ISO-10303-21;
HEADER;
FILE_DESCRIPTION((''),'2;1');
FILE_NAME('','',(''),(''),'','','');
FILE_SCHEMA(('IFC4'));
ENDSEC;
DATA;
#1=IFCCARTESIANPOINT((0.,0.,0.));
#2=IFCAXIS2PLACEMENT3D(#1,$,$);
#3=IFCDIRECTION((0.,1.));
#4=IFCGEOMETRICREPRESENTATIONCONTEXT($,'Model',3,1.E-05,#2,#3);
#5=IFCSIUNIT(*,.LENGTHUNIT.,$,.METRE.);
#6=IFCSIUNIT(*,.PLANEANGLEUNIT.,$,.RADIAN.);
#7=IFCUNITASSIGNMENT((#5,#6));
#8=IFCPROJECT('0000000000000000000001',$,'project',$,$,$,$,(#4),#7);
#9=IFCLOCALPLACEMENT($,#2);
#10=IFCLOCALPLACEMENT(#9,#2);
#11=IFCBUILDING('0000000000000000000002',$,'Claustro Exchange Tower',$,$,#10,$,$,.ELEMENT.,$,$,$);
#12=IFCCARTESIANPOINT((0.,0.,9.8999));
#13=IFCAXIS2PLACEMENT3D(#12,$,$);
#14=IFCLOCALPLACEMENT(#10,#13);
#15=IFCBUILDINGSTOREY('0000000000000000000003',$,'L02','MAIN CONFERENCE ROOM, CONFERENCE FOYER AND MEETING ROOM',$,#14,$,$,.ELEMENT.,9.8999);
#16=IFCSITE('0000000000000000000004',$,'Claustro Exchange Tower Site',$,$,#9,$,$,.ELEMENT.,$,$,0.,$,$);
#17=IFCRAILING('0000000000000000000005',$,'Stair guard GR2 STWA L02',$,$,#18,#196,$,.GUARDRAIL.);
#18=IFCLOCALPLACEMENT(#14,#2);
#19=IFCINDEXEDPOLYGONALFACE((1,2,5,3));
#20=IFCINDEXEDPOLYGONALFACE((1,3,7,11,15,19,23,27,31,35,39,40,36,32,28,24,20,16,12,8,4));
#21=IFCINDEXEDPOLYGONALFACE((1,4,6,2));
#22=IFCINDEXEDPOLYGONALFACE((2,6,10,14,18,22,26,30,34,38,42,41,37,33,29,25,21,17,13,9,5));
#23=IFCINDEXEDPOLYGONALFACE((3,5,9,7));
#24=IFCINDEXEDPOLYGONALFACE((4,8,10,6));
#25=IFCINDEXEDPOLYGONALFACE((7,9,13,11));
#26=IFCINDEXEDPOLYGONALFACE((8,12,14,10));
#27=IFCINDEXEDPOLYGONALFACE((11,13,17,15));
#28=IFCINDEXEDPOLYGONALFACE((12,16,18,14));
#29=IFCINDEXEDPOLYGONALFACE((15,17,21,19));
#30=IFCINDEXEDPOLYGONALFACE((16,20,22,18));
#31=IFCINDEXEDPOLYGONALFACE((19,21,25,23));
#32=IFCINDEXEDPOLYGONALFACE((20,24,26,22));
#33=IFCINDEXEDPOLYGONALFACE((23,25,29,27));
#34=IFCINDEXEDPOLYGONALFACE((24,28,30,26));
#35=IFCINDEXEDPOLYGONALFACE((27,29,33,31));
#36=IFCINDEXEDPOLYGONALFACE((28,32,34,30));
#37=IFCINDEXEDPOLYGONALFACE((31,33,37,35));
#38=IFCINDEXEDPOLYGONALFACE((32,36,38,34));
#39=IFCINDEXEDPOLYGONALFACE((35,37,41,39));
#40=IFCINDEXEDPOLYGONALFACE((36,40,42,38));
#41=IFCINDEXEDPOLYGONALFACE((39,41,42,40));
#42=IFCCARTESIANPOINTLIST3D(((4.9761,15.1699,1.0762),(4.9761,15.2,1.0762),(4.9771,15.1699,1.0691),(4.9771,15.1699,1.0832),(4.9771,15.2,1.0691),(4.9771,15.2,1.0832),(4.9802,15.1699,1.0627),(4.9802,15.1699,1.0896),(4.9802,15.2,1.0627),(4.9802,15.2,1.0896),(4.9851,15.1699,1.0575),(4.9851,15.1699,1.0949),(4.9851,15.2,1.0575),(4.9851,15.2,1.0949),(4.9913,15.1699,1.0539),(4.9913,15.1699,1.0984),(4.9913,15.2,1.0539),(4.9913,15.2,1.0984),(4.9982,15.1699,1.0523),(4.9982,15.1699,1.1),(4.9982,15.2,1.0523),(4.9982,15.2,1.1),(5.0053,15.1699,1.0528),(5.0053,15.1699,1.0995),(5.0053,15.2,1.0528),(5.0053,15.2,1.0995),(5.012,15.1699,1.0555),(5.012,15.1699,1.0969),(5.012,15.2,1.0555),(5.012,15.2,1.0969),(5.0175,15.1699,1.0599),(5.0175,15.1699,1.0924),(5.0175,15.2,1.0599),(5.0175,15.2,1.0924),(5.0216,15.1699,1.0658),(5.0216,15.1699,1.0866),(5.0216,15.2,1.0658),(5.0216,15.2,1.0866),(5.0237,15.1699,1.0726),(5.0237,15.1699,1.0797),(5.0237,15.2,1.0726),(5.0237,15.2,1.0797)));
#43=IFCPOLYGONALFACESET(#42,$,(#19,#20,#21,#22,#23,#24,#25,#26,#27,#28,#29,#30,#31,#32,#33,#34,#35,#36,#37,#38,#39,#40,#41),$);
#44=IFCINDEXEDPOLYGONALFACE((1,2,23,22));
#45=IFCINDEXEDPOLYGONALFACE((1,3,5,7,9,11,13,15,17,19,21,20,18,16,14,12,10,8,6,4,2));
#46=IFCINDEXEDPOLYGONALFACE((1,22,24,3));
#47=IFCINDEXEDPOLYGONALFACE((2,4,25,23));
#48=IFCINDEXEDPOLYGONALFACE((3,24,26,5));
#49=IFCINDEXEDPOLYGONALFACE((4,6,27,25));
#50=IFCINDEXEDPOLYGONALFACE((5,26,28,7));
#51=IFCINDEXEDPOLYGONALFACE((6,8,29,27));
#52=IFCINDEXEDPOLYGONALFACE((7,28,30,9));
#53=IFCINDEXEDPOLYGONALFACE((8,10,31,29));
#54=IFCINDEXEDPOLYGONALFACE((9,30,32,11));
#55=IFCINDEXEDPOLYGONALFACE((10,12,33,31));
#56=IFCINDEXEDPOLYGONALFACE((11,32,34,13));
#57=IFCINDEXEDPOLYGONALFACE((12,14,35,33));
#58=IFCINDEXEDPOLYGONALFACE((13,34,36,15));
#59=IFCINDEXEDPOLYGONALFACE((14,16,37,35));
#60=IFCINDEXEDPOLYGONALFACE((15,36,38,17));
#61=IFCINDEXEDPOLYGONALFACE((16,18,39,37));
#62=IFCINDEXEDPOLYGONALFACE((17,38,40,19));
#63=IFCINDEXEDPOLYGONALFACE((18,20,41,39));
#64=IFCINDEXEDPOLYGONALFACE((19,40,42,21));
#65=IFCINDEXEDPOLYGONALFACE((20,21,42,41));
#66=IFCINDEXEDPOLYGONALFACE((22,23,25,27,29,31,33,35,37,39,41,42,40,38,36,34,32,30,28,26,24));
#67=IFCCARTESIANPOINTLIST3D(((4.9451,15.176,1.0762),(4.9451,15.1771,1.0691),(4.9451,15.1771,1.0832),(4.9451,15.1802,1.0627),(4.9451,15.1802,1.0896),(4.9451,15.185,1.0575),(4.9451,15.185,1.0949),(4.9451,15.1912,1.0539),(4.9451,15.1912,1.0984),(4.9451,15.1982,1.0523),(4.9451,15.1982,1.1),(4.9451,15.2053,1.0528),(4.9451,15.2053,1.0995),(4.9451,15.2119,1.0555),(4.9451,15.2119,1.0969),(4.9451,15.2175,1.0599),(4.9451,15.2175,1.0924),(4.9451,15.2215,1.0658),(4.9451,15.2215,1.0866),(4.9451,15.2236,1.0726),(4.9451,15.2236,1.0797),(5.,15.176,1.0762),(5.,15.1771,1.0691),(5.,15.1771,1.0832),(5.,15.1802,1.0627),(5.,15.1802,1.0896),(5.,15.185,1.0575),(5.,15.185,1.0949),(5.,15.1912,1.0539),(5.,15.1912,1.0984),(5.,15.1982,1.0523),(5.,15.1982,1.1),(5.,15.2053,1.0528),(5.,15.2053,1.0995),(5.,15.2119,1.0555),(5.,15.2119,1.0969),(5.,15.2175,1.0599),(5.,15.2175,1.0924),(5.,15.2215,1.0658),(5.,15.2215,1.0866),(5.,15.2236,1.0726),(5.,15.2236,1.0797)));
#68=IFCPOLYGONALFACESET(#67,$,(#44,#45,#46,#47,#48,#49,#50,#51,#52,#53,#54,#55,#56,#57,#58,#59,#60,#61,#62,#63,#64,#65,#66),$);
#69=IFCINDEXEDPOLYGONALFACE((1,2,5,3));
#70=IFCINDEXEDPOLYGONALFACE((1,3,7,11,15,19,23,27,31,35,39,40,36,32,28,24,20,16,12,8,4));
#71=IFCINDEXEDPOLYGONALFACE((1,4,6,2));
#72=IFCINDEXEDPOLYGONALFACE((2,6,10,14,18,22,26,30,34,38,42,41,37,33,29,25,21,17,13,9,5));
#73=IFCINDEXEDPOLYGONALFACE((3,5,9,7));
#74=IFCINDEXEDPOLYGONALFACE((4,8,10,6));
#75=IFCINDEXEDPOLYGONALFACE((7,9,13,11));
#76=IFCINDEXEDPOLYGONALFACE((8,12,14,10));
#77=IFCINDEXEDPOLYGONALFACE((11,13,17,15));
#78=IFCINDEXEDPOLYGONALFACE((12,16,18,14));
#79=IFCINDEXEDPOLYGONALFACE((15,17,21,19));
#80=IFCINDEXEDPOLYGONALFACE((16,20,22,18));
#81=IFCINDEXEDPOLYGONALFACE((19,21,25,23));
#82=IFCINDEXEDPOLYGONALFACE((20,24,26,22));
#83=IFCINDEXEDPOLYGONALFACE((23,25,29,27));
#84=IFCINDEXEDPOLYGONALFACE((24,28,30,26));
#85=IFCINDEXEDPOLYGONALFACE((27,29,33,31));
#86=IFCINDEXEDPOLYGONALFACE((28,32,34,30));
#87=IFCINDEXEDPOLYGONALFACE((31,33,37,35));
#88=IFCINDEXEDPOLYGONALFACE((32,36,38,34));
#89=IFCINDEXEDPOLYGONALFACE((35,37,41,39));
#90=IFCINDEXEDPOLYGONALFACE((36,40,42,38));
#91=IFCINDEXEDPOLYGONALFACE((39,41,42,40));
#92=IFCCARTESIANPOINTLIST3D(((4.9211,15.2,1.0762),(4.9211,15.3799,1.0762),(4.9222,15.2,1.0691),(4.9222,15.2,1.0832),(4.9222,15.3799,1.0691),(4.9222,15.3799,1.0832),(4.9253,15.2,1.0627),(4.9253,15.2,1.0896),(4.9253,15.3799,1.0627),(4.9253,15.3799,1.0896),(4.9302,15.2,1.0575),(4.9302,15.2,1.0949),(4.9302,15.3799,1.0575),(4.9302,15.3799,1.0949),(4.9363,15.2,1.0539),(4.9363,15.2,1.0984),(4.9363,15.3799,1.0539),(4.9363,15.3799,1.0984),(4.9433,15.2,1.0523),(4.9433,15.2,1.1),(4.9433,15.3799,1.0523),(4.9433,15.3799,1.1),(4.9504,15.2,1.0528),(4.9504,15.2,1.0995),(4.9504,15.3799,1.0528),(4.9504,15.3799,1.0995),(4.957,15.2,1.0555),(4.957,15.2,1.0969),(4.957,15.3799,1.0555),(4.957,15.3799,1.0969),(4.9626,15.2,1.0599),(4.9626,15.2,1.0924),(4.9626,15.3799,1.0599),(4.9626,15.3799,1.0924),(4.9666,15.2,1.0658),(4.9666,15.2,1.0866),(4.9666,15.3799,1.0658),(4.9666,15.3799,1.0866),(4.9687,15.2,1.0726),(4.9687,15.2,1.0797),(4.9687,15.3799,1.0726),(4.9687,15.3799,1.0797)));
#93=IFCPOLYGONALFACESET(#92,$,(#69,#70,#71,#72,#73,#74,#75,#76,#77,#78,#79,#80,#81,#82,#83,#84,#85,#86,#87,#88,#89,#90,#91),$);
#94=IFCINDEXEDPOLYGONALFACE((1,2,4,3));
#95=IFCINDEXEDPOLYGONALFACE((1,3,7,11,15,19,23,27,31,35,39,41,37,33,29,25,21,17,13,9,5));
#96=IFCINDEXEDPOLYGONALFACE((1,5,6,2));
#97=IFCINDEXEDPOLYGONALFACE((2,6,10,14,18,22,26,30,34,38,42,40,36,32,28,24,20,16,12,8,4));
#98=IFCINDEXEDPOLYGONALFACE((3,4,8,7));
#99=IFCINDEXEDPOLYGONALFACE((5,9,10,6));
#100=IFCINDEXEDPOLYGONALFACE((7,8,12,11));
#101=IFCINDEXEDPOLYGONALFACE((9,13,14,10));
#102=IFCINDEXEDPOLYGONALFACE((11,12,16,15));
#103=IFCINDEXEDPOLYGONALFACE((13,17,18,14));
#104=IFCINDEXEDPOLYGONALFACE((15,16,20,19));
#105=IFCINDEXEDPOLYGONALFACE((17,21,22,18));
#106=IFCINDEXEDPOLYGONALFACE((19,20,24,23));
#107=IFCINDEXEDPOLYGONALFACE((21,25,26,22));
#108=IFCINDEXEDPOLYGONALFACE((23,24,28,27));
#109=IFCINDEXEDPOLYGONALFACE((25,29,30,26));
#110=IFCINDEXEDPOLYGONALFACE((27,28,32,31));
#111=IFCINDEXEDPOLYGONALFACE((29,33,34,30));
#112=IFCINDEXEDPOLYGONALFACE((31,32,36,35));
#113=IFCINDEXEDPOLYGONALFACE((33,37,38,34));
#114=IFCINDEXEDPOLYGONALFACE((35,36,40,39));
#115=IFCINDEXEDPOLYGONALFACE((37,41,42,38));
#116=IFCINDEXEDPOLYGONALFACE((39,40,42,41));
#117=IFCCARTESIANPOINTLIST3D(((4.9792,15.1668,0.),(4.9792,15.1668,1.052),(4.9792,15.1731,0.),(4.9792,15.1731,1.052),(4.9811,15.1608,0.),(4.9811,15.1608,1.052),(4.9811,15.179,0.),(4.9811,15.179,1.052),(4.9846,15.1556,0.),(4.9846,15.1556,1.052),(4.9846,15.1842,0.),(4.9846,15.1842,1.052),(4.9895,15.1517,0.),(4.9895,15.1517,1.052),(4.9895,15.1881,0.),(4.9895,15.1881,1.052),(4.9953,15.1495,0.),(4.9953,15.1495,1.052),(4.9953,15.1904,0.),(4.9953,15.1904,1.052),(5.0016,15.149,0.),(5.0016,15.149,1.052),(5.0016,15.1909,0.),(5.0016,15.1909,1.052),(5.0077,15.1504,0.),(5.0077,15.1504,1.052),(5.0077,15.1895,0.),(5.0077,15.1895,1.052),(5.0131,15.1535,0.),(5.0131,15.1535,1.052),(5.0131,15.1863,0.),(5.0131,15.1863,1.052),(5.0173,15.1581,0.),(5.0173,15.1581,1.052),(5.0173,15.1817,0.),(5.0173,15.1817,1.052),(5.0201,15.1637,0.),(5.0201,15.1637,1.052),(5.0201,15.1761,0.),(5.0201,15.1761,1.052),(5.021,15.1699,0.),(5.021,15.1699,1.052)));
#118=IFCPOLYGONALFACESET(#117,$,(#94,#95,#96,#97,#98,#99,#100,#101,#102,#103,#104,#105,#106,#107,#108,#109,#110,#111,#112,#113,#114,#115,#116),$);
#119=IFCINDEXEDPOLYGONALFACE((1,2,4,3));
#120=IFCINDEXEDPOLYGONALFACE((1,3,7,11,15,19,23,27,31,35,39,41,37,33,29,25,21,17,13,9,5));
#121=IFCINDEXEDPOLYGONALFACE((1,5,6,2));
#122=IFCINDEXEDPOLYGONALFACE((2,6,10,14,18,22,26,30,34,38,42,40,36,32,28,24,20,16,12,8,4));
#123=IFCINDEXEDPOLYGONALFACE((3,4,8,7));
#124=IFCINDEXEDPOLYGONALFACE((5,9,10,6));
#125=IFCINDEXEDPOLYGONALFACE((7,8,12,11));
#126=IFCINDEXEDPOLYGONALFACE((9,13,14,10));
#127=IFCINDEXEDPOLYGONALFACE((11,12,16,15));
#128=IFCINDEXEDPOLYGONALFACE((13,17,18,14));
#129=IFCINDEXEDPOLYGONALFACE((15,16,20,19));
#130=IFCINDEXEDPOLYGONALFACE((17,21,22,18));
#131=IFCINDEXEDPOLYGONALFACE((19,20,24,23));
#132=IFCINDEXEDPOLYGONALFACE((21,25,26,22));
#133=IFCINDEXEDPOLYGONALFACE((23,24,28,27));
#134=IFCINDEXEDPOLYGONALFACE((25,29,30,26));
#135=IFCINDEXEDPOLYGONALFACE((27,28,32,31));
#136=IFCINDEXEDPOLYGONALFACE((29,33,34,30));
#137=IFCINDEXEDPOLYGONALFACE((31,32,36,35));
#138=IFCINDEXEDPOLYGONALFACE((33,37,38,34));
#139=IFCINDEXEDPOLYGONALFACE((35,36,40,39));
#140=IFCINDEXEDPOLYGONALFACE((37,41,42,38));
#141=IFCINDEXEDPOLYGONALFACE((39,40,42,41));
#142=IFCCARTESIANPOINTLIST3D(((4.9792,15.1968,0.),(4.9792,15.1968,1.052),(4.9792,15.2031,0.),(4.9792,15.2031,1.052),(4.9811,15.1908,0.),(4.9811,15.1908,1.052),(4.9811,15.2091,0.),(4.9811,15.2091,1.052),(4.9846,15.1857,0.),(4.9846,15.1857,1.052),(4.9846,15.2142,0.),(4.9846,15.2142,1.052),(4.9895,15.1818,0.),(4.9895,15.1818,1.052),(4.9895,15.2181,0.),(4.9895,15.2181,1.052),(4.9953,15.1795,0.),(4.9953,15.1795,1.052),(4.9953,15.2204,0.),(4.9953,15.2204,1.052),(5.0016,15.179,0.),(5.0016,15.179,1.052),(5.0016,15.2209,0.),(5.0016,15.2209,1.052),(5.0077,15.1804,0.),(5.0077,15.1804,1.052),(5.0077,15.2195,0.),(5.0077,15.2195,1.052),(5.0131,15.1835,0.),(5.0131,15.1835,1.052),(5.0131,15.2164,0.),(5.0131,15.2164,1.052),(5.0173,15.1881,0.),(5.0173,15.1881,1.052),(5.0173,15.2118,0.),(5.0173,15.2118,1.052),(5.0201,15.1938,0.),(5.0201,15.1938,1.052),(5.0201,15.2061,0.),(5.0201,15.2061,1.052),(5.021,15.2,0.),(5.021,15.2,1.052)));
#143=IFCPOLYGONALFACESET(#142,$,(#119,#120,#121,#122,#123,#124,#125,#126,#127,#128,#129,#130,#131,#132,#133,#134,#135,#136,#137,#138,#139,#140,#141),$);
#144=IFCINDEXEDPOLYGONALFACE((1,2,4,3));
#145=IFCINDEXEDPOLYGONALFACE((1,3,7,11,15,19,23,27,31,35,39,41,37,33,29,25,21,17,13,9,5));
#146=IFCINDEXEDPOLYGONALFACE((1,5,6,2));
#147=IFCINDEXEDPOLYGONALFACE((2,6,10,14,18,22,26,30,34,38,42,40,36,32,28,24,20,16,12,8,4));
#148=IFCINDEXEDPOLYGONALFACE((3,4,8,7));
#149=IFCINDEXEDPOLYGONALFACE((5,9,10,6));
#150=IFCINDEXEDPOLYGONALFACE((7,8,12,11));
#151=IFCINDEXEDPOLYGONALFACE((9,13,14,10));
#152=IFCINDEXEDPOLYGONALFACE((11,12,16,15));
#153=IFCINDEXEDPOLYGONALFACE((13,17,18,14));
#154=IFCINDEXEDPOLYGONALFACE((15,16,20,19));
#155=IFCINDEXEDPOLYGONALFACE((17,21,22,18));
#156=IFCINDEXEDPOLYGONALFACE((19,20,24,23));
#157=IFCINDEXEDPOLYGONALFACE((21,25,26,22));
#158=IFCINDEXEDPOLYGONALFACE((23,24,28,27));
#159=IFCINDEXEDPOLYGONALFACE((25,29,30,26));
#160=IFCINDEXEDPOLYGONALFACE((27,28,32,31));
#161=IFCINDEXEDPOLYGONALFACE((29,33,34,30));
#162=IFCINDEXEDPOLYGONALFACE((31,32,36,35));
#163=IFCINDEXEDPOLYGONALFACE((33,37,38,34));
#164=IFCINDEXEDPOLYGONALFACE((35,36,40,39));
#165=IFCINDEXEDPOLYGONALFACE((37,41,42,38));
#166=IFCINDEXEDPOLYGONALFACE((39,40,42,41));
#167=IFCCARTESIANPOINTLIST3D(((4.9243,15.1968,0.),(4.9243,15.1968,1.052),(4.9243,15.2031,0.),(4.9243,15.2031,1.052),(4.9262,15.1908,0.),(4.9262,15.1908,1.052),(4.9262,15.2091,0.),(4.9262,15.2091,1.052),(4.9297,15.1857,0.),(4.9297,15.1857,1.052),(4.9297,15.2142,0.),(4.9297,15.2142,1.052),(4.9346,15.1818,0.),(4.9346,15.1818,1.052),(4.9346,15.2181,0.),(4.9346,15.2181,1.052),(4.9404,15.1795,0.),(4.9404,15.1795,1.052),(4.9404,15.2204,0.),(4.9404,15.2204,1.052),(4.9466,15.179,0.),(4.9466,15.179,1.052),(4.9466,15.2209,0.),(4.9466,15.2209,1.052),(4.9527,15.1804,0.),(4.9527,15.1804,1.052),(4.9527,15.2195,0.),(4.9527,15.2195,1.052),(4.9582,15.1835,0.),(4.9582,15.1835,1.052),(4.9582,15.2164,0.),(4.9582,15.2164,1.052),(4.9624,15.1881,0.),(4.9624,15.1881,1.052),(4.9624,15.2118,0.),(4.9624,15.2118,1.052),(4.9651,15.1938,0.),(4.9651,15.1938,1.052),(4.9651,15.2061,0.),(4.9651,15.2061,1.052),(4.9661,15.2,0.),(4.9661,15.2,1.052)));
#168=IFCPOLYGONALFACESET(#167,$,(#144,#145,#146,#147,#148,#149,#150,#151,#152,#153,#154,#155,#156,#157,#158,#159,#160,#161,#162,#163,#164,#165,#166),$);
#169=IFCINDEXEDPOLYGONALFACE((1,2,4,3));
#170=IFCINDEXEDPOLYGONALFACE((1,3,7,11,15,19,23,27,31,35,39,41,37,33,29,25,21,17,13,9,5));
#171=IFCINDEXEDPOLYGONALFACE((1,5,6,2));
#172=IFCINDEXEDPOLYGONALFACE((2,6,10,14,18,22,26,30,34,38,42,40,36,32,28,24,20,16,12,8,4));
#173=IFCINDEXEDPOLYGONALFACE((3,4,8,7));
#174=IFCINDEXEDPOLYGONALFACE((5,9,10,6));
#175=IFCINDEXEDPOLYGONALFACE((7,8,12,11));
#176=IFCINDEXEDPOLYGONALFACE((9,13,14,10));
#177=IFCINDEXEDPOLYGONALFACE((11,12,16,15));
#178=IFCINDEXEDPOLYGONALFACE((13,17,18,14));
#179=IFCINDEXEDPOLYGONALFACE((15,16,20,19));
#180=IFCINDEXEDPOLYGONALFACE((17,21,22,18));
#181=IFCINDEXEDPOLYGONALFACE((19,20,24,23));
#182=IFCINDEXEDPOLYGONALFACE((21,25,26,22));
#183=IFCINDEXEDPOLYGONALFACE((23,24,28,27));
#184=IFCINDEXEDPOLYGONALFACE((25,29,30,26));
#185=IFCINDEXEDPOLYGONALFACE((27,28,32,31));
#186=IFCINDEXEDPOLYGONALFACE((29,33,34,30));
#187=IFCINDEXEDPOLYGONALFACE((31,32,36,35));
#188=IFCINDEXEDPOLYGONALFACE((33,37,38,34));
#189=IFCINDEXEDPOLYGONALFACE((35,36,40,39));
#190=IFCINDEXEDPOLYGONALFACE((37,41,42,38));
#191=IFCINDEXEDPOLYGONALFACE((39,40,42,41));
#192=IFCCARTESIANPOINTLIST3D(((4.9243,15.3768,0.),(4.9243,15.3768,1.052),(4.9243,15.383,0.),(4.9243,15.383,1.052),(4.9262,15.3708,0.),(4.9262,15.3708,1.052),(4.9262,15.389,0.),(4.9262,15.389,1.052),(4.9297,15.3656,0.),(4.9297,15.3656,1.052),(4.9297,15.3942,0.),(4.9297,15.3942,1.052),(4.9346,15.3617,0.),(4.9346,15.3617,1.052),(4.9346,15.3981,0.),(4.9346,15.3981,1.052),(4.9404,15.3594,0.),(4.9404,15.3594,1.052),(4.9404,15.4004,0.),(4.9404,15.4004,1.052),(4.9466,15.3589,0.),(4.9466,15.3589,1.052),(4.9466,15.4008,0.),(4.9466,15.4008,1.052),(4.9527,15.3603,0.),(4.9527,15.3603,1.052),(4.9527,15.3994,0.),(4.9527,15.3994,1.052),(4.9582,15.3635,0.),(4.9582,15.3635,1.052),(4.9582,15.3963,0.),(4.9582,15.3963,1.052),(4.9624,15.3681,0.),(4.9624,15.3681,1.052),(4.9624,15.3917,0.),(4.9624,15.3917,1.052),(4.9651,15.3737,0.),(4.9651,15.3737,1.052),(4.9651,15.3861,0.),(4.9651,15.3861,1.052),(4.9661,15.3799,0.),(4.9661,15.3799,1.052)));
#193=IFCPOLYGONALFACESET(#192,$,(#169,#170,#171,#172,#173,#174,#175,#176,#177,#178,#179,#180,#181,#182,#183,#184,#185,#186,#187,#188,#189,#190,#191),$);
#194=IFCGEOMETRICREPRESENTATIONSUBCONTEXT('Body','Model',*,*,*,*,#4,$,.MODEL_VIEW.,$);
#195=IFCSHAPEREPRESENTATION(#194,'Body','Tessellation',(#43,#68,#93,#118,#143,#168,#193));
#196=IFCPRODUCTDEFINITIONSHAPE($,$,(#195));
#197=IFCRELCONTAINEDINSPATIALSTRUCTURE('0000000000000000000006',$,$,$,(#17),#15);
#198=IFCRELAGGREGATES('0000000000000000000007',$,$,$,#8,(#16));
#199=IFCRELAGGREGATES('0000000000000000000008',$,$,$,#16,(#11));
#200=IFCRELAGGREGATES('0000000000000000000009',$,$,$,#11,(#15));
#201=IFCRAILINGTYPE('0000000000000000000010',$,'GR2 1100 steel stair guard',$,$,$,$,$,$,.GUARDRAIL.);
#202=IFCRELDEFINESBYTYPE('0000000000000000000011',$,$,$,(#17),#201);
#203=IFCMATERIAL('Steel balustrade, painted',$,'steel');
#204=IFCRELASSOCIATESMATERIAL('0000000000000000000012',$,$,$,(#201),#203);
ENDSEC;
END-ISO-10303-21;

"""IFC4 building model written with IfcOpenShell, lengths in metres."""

from ifc_helpers import new_model, si_unit, direction, frame, origin, origin_2d, place, context, subcontext, project, spatial, circle, extrude, material, type_object, element, save


model = new_model("IFC4")

# Units and contexts
model_context = context("Model", 3, precision=1e-05, world=origin(), true_north=direction((0.0, 1.0)))
body_context = subcontext(model_context, "Body", "Model", "MODEL_VIEW")
ifc_project = project(units=[si_unit("LENGTHUNIT", "METRE"), si_unit("PLANEANGLEUNIT", "RADIAN")], contexts=[model_context])

# Site, building, storey
site_placement = place(None, origin())
site = spatial("IfcSite", under=ifc_project, at=site_placement, Name="Claustro Exchange Tower Site", CompositionType="ELEMENT", RefElevation=0.0)
building_placement = place(site_placement, origin())
building = spatial("IfcBuilding", under=site, at=building_placement, Name="Claustro Exchange Tower", CompositionType="ELEMENT")
storey_placement = place(building_placement, frame((0.0, 0.0, 9.8999)))
storey = spatial("IfcBuildingStorey", under=building, at=storey_placement, Name="L02", Description="MAIN CONFERENCE ROOM, CONFERENCE FOYER AND MEETING ROOM", CompositionType="ELEMENT", Elevation=9.8999)

# Railing
ifc_material_1 = material(Name="Steel balustrade, painted", Category="steel")
railing_type_1 = type_object("IfcRailingType", Name="GR2 1100 steel stair guard", PredefinedType="GUARDRAIL", material=ifc_material_1)
railing_1_placement = place(storey_placement, frame((5.0, 15.1699, 0.0)))
element("IfcRailing", 1, at=railing_1_placement, inside=storey, type_object=railing_type_1, Name="Stair guard GR2 STWA L02", PredefinedType="GUARDRAIL", context=body_context, shape_type="SweptSolid", body=[
    extrude(circle(Radius=0.0239, at=origin_2d()), frame((0.0, 0.0, 1.0762), z_axis=(0.0, 1.0, 0.0), x_axis=(-1.0, 0.0, 0.0)), (0.0, 0.0, 1.0), 0.03),
    extrude(circle(Radius=0.0239, at=origin_2d()), frame((0.0, 0.03, 1.0762), z_axis=(-1.0, 0.0, 0.0), x_axis=(0.0, -1.0, 0.0)), (0.0, 0.0, 1.0), 0.0549),
    extrude(circle(Radius=0.0239, at=origin_2d()), frame((-0.0549, 0.03, 1.0762), z_axis=(0.0, 1.0, 0.0), x_axis=(-1.0, 0.0, 0.0)), (0.0, 0.0, 1.0), 0.1799),
    extrude(circle(Radius=0.021, at=origin_2d()), origin(), (0.0, 0.0, 1.0), 1.052),
    extrude(circle(Radius=0.021, at=origin_2d()), frame((0.0, 0.03, 0.0)), (0.0, 0.0, 1.0), 1.052),
    extrude(circle(Radius=0.021, at=origin_2d()), frame((-0.0549, 0.03, 0.0)), (0.0, 0.0, 1.0), 1.052),
    extrude(circle(Radius=0.021, at=origin_2d()), frame((-0.0549, 0.21, 0.0)), (0.0, 0.0, 1.0), 1.052),
])

save(model, "model.ifc")
